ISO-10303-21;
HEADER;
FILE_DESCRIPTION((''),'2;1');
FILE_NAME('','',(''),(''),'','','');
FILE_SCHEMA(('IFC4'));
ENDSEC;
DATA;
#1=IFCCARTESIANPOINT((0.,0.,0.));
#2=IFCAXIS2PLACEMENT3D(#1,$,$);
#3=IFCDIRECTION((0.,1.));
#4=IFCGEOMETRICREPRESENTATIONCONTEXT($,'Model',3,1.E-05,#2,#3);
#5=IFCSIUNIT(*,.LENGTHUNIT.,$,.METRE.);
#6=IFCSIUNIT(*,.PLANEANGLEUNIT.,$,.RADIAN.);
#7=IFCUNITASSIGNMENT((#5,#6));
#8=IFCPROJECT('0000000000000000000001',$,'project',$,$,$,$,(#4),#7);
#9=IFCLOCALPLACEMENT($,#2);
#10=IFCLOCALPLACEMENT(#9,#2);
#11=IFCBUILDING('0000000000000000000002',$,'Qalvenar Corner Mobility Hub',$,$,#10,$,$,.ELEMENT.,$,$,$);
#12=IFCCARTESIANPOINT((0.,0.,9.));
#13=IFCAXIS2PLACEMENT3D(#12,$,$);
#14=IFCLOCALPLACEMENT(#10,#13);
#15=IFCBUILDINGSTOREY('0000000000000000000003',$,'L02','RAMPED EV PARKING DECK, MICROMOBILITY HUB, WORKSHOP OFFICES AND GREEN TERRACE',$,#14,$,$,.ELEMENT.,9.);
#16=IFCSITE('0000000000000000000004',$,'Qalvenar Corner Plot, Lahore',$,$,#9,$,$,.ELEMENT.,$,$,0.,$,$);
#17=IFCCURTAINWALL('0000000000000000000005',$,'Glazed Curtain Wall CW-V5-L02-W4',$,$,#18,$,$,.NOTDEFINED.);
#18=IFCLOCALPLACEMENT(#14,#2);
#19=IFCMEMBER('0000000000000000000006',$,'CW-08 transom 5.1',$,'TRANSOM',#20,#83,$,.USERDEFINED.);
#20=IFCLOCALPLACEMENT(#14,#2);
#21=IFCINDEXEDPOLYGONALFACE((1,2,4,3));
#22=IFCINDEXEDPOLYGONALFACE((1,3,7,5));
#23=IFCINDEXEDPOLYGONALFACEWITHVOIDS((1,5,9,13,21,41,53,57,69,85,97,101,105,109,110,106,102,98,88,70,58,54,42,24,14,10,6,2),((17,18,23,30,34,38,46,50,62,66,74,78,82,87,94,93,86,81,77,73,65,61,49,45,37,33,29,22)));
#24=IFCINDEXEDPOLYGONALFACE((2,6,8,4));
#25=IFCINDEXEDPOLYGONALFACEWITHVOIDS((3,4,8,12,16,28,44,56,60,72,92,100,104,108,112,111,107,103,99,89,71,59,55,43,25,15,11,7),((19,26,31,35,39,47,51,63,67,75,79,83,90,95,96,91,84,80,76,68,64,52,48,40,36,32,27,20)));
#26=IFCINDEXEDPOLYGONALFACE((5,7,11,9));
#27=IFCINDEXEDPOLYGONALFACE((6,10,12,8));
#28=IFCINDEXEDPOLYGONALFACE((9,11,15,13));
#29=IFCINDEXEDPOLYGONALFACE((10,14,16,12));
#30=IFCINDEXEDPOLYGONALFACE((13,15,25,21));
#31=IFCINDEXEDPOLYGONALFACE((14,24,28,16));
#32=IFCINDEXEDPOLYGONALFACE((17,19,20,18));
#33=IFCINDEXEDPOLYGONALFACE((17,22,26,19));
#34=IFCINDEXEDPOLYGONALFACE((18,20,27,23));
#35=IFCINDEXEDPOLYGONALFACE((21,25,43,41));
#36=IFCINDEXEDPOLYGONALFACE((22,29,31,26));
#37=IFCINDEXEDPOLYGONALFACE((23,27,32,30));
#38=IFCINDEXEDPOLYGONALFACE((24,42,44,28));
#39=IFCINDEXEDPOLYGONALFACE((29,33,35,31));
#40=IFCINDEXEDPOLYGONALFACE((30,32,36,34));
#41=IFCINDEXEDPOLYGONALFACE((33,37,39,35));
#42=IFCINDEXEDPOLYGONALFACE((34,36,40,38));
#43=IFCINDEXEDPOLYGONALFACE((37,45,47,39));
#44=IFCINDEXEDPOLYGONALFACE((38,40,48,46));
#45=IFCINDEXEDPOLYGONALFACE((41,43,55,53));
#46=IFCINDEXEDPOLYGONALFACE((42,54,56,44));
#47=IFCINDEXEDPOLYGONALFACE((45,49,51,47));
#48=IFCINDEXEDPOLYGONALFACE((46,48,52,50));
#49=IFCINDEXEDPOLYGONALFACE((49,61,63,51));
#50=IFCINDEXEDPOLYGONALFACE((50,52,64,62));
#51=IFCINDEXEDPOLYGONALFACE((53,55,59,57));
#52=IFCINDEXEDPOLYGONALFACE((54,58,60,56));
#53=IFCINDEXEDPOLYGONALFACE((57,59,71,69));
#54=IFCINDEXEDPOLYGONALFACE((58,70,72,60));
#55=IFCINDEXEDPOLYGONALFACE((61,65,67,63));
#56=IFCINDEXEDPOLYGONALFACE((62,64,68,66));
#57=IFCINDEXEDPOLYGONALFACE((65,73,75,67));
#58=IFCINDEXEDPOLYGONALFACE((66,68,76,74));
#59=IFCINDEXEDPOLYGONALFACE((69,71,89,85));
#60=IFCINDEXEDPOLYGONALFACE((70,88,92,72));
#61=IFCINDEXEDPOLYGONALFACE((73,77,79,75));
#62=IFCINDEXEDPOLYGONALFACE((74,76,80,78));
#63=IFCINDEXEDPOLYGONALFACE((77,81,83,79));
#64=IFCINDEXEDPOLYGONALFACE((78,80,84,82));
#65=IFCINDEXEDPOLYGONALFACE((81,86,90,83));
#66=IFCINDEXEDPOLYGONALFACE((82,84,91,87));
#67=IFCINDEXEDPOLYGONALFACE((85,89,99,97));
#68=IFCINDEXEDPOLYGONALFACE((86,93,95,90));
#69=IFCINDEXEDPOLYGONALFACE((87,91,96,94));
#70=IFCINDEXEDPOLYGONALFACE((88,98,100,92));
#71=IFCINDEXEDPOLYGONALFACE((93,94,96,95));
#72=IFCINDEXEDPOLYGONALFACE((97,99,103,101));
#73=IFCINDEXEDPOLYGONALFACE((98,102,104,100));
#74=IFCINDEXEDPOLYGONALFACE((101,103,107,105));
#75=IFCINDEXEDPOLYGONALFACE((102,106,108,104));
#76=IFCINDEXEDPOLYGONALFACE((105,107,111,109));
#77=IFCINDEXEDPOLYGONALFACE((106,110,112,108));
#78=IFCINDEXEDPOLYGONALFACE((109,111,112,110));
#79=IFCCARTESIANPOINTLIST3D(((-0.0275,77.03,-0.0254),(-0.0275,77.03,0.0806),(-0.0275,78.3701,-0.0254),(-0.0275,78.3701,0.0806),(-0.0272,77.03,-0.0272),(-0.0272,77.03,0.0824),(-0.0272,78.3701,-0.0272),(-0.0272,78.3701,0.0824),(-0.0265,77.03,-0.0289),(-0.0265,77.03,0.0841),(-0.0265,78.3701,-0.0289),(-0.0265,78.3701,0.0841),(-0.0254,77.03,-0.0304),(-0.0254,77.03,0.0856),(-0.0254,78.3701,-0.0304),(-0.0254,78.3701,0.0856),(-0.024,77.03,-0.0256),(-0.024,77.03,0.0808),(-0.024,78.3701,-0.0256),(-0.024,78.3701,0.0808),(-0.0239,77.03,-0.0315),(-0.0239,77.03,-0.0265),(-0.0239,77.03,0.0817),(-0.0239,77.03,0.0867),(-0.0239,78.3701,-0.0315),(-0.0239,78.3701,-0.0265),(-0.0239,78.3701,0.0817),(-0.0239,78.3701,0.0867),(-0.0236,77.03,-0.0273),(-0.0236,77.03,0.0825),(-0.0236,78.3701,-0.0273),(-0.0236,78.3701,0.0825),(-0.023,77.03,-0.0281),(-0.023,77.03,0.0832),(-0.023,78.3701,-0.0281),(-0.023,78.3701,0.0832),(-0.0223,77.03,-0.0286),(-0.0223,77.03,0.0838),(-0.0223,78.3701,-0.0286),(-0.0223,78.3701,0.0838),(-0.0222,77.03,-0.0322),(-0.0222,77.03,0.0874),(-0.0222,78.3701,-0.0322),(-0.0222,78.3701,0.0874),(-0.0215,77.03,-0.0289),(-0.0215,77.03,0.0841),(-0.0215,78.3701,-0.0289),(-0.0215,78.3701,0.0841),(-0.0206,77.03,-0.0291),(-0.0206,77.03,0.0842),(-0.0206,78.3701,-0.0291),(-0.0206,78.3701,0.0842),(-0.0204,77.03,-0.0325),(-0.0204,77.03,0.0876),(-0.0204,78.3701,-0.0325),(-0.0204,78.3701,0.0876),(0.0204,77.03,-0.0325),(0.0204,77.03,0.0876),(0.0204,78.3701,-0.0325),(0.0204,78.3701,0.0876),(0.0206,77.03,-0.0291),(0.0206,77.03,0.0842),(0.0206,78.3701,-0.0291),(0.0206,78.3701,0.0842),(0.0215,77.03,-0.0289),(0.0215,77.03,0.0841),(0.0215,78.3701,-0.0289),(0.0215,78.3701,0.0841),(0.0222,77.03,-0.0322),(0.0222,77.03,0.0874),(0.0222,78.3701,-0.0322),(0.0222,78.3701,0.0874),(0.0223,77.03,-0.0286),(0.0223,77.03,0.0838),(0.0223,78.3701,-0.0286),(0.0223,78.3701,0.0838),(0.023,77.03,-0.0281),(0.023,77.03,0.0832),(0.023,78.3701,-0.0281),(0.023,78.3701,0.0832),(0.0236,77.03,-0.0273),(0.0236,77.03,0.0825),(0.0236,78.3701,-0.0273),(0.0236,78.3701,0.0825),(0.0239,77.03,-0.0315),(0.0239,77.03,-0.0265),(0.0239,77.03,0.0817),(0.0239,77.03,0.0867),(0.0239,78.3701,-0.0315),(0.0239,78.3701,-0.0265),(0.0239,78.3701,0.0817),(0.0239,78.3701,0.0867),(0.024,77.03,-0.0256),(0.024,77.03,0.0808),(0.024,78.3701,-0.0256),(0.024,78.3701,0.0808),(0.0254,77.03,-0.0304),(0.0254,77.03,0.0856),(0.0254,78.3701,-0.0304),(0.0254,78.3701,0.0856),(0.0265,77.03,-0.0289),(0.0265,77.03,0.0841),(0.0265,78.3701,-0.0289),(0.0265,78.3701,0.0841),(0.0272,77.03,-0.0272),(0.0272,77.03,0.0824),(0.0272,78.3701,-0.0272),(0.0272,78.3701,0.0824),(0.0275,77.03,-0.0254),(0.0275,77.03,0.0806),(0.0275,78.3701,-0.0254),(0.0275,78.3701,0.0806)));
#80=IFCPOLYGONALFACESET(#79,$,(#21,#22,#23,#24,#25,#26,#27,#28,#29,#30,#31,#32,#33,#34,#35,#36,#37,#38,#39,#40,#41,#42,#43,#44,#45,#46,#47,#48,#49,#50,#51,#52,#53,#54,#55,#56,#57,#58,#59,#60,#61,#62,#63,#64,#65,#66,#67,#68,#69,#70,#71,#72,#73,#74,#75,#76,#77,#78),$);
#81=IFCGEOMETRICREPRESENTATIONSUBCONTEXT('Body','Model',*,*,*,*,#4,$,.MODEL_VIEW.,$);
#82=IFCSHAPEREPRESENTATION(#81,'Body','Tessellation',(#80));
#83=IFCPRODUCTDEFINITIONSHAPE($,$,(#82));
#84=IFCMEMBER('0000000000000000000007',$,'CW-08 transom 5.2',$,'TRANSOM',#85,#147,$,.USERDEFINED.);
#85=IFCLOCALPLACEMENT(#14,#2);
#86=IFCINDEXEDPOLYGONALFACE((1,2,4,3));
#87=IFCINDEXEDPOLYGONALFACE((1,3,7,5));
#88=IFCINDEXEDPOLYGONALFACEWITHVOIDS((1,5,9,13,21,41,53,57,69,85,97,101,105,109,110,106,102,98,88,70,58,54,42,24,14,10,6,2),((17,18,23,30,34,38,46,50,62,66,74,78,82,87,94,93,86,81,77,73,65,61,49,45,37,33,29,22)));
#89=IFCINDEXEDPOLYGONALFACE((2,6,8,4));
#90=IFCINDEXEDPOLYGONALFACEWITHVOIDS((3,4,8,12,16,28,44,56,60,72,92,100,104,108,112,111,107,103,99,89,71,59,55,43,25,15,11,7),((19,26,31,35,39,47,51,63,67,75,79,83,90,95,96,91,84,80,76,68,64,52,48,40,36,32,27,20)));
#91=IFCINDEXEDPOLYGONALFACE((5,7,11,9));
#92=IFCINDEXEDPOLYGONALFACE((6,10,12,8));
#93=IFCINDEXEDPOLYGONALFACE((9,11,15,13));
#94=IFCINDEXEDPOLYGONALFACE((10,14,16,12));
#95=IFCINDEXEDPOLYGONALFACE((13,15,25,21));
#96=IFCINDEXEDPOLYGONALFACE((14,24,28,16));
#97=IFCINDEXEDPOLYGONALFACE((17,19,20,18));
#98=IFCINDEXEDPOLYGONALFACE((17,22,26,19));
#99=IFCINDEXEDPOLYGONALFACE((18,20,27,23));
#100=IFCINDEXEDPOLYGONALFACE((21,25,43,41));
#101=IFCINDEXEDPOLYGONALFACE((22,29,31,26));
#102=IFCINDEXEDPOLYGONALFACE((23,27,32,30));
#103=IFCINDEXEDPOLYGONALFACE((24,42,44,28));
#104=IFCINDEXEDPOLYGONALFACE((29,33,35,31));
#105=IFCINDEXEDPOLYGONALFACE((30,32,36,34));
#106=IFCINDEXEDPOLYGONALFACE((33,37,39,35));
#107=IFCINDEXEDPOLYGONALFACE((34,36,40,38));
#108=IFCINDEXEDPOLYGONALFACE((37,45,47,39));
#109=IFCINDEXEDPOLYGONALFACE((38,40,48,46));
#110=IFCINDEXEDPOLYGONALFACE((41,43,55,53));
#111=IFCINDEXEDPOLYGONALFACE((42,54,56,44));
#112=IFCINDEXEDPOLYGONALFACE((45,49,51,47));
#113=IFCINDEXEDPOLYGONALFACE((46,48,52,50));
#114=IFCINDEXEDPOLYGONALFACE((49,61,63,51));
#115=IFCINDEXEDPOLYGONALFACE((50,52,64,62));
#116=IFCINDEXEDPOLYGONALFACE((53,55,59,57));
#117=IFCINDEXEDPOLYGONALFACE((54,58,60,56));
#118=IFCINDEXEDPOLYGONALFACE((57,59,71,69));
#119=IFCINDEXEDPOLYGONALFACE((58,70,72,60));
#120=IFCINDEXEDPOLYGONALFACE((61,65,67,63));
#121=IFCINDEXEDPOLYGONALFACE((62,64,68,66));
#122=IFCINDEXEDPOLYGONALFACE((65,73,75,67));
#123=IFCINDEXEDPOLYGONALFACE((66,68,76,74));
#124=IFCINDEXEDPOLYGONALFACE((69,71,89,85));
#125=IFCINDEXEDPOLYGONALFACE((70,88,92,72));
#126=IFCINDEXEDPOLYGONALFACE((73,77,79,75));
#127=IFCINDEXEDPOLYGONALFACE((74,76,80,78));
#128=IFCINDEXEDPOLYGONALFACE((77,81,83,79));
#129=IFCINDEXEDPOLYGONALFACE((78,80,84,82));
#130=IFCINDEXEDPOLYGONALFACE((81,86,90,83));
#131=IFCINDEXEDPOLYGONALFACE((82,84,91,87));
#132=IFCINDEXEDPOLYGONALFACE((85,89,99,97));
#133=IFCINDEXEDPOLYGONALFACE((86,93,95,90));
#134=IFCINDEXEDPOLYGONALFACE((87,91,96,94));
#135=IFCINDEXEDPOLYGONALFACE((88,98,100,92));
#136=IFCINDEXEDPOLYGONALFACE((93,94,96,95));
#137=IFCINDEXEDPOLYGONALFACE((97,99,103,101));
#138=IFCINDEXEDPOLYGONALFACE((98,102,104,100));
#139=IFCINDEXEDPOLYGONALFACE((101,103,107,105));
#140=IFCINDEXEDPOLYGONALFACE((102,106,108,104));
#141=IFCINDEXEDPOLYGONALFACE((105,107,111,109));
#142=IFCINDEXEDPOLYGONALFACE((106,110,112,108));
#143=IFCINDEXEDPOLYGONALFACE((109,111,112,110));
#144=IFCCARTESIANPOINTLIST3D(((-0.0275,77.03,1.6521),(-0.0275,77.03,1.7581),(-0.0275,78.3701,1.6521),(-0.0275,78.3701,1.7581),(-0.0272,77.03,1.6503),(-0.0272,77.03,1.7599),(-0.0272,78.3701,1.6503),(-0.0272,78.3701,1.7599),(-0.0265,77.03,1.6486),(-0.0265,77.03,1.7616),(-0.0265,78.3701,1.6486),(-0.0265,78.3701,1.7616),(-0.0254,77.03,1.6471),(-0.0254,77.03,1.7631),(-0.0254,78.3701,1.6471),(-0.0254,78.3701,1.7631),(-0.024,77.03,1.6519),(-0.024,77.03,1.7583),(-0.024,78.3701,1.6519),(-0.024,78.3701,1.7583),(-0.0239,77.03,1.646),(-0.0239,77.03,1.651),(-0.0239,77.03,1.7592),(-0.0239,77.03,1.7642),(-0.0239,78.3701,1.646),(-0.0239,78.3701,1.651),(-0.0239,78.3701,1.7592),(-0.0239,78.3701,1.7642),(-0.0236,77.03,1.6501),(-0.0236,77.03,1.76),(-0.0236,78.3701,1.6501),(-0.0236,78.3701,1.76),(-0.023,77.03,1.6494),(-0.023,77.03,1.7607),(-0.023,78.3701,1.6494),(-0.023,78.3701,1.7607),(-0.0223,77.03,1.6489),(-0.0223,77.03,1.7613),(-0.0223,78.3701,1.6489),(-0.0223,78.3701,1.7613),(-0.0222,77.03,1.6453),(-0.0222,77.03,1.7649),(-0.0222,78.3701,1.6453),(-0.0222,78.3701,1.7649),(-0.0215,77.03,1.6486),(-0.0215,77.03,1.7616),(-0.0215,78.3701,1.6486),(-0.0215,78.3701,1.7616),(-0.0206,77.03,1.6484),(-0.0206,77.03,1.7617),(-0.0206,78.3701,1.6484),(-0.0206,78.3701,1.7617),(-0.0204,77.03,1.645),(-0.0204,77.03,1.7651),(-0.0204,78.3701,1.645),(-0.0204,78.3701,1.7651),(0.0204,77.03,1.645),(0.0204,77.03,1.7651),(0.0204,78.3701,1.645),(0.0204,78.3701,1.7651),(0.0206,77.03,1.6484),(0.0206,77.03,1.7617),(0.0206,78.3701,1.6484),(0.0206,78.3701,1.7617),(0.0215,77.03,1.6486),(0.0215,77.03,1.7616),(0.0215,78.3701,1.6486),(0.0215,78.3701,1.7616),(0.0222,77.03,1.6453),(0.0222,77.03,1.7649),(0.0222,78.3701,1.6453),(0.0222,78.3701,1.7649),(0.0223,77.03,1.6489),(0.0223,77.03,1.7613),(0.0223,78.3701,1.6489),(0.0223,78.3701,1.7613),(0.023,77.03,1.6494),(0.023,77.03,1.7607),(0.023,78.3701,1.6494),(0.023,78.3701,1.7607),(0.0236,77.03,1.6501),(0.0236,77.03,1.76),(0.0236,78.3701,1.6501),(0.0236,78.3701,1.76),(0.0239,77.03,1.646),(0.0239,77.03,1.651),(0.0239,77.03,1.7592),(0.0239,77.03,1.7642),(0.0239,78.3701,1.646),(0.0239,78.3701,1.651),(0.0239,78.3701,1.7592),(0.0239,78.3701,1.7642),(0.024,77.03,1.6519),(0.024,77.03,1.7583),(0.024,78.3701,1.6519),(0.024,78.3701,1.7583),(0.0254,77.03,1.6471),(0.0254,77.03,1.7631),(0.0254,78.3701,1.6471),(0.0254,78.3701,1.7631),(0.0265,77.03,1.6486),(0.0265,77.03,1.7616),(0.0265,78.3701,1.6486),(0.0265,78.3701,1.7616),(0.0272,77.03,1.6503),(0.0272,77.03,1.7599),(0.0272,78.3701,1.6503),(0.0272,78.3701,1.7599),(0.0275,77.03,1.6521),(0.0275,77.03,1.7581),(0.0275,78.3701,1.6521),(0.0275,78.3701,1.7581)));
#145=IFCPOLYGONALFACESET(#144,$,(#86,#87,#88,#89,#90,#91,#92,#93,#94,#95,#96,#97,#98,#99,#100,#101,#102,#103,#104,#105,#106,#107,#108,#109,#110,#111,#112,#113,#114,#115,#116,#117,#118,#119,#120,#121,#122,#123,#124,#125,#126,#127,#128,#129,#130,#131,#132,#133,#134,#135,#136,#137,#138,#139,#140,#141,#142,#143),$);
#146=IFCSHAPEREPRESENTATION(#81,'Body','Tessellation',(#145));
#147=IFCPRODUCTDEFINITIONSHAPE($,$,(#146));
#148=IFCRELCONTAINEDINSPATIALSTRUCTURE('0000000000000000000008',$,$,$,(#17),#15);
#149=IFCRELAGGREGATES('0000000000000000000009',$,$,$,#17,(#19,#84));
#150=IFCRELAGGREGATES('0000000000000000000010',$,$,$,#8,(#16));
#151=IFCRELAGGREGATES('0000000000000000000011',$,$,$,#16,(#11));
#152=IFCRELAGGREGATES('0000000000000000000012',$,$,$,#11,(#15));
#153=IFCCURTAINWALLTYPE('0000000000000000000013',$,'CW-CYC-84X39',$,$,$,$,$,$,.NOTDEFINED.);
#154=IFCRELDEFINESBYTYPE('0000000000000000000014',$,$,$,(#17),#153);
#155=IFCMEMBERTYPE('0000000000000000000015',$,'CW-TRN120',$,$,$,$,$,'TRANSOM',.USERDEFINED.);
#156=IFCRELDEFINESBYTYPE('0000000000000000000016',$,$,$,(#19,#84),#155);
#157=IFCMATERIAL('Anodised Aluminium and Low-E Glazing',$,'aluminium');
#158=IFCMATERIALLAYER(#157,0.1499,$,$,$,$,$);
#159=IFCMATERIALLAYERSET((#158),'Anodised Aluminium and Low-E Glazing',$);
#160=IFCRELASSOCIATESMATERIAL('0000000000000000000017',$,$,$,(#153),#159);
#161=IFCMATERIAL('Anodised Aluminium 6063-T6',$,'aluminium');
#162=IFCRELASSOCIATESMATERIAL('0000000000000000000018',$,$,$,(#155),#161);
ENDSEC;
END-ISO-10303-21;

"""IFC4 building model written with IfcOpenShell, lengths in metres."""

from ifc_helpers import new_model, si_unit, direction, frame, origin, origin_2d, place, context, subcontext, project, spatial, hollow_rectangle, extrude, material, layer, layer_set, material_profile, profile_set, type_object, element, aggregate, save


model = new_model("IFC4")

# Units and contexts
model_context = context("Model", 3, precision=1e-05, world=origin(), true_north=direction((0.0, 1.0)))
body_context = subcontext(model_context, "Body", "Model", "MODEL_VIEW")
ifc_project = project(units=[si_unit("LENGTHUNIT", "METRE"), si_unit("PLANEANGLEUNIT", "RADIAN")], contexts=[model_context])

# Site, building, storey
site_placement = place(None, origin())
site = spatial("IfcSite", under=ifc_project, at=site_placement, Name="Qalvenar Corner Plot, Lahore", CompositionType="ELEMENT", RefElevation=0.0)
building_placement = place(site_placement, origin())
building = spatial("IfcBuilding", under=site, at=building_placement, Name="Qalvenar Corner Mobility Hub", CompositionType="ELEMENT")
storey_placement = place(building_placement, frame((0.0, 0.0, 9.0)))
storey = spatial("IfcBuildingStorey", under=building, at=storey_placement, Name="L02", Description="RAMPED EV PARKING DECK, MICROMOBILITY HUB, WORKSHOP OFFICES AND GREEN TERRACE", CompositionType="ELEMENT", Elevation=9.0)

# Curtain wall, members
ifc_material_1 = material(Name="Anodised Aluminium and Low-E Glazing", Category="aluminium")
ifc_layer_1 = layer(ifc_material_1, 0.1499)
ifc_layer_set_1 = layer_set([ifc_layer_1], Name="Anodised Aluminium and Low-E Glazing")
curtain_wall_type = type_object("IfcCurtainWallType", Name="CW-CYC-84X39", PredefinedType="NOTDEFINED", material=ifc_layer_set_1)
curtain_wall_placement = place(storey_placement, origin())
curtain_wall = element("IfcCurtainWall", 1, at=curtain_wall_placement, inside=storey, type_object=curtain_wall_type, Name="Glazed Curtain Wall CW-V5-L02-W4", PredefinedType="NOTDEFINED")
ifc_material_2 = material(Name="Anodised Aluminium 6063-T6", Category="aluminium")
ifc_material_profile_1 = material_profile(ifc_material_2, hollow_rectangle(XDim=0.0549, YDim=0.1201, WallThickness=0.0034, InnerFilletRadius=0.0034, OuterFilletRadius=0.0071, at=origin_2d()), Name="RHS120x55x3.5")
ifc_profile_set_1 = profile_set([ifc_material_profile_1], Name="Anodised Aluminium 6063-T6")
member_type_1 = type_object("IfcMemberType", Name="CW-TRN120", ElementType="TRANSOM", PredefinedType="USERDEFINED", material=ifc_profile_set_1)
member_1_placement = place(storey_placement, frame((0.0, 78.3701, 0.0276), z_axis=(0.0, -1.0, 0.0), x_axis=(1.0, 0.0, 0.0)))
member_1 = element("IfcMember", 2, at=member_1_placement, type_object=member_type_1, Name="CW-08 transom 5.1", ObjectType="TRANSOM", PredefinedType="USERDEFINED", context=body_context, shape_type="SweptSolid", body=[
    extrude(hollow_rectangle(XDim=0.0549, YDim=0.1201, WallThickness=0.0034, InnerFilletRadius=0.0034, OuterFilletRadius=0.0071, at=origin_2d()), origin(), (0.0, 0.0, 1.0), 1.3401),
])
member_2_placement = place(storey_placement, frame((0.0, 78.3701, 1.7051), z_axis=(0.0, -1.0, 0.0), x_axis=(1.0, 0.0, 0.0)))
member_2 = element("IfcMember", 3, at=member_2_placement, type_object=member_type_1, Name="CW-08 transom 5.2", ObjectType="TRANSOM", PredefinedType="USERDEFINED", context=body_context, shape_type="SweptSolid", body=[
    extrude(hollow_rectangle(XDim=0.0549, YDim=0.1201, WallThickness=0.0034, InnerFilletRadius=0.0034, OuterFilletRadius=0.0071, at=origin_2d()), origin(), (0.0, 0.0, 1.0), 1.3401),
])
aggregate(curtain_wall, [member_1, member_2])

save(model, "model.ifc")
